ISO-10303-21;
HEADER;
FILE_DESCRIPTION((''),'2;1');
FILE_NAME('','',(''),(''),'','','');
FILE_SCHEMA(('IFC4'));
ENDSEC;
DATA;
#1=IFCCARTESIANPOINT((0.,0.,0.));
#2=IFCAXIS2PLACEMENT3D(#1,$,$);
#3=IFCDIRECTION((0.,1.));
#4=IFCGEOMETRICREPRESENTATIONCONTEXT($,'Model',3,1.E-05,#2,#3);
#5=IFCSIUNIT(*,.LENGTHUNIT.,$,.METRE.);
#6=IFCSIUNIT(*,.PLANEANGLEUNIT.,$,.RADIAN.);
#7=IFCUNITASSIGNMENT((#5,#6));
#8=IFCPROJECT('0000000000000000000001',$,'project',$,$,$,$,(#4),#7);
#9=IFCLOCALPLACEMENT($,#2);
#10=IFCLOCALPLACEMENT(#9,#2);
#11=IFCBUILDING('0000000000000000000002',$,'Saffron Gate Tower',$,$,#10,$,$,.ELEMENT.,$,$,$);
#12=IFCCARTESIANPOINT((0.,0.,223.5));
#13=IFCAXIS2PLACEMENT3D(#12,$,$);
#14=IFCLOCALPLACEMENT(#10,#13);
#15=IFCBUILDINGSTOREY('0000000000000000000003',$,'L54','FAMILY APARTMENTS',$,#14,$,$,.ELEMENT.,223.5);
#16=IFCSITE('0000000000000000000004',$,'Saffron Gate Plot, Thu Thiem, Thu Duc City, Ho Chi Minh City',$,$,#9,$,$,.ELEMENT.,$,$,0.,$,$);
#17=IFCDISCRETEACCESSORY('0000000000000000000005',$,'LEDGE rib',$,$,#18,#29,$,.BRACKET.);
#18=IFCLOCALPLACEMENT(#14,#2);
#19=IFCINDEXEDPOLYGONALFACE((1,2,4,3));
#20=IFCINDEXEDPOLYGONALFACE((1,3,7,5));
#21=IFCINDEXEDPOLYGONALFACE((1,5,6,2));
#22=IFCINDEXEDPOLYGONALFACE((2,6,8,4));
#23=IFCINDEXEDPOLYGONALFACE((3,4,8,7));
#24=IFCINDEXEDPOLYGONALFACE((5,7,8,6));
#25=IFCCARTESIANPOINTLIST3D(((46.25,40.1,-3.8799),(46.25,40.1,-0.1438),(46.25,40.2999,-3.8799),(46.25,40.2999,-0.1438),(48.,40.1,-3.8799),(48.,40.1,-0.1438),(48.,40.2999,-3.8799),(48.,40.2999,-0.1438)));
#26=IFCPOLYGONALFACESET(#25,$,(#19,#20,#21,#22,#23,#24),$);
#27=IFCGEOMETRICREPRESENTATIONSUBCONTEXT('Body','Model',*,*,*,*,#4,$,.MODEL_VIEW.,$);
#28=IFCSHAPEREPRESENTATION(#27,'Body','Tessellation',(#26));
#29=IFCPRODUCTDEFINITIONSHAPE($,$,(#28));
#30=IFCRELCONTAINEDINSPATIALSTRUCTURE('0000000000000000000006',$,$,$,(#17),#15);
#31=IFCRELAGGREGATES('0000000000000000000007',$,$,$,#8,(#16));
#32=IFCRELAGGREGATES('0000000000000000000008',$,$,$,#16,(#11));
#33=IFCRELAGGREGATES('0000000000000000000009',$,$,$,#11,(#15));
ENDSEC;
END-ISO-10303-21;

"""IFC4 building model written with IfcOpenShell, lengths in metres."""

from ifc_helpers import new_model, si_unit, direction, frame, origin, origin_2d, place, context, subcontext, project, spatial, rectangle, extrude, element, save


model = new_model("IFC4")

# Units and contexts
model_context = context("Model", 3, precision=1e-05, world=origin(), true_north=direction((0.0, 1.0)))
body_context = subcontext(model_context, "Body", "Model", "MODEL_VIEW")
ifc_project = project(units=[si_unit("LENGTHUNIT", "METRE"), si_unit("PLANEANGLEUNIT", "RADIAN")], contexts=[model_context])

# Site, building, storey
site_placement = place(None, origin())
site = spatial("IfcSite", under=ifc_project, at=site_placement, Name="Saffron Gate Plot, Thu Thiem, Thu Duc City, Ho Chi Minh City", CompositionType="ELEMENT", RefElevation=0.0)
building_placement = place(site_placement, origin())
building = spatial("IfcBuilding", under=site, at=building_placement, Name="Saffron Gate Tower", CompositionType="ELEMENT")
storey_placement = place(building_placement, frame((0.0, 0.0, 223.5)))
storey = spatial("IfcBuildingStorey", under=building, at=storey_placement, Name="L54", Description="FAMILY APARTMENTS", CompositionType="ELEMENT", Elevation=223.5)

# Discrete accessory
discrete_accessory_1_placement = place(storey_placement, frame((47.125, 40.2, -3.8799), z_axis=(0.0, 0.0, 1.0), x_axis=(0.0, -1.0, 0.0)))
element("IfcDiscreteAccessory", 1, at=discrete_accessory_1_placement, inside=storey, Name="LEDGE rib", PredefinedType="BRACKET", context=body_context, shape_type="SweptSolid", body=[
    extrude(rectangle(XDim=0.2, YDim=1.75, at=origin_2d()), origin(), (0.0, 0.0, 1.0), 3.7361),
])

save(model, "model.ifc")
